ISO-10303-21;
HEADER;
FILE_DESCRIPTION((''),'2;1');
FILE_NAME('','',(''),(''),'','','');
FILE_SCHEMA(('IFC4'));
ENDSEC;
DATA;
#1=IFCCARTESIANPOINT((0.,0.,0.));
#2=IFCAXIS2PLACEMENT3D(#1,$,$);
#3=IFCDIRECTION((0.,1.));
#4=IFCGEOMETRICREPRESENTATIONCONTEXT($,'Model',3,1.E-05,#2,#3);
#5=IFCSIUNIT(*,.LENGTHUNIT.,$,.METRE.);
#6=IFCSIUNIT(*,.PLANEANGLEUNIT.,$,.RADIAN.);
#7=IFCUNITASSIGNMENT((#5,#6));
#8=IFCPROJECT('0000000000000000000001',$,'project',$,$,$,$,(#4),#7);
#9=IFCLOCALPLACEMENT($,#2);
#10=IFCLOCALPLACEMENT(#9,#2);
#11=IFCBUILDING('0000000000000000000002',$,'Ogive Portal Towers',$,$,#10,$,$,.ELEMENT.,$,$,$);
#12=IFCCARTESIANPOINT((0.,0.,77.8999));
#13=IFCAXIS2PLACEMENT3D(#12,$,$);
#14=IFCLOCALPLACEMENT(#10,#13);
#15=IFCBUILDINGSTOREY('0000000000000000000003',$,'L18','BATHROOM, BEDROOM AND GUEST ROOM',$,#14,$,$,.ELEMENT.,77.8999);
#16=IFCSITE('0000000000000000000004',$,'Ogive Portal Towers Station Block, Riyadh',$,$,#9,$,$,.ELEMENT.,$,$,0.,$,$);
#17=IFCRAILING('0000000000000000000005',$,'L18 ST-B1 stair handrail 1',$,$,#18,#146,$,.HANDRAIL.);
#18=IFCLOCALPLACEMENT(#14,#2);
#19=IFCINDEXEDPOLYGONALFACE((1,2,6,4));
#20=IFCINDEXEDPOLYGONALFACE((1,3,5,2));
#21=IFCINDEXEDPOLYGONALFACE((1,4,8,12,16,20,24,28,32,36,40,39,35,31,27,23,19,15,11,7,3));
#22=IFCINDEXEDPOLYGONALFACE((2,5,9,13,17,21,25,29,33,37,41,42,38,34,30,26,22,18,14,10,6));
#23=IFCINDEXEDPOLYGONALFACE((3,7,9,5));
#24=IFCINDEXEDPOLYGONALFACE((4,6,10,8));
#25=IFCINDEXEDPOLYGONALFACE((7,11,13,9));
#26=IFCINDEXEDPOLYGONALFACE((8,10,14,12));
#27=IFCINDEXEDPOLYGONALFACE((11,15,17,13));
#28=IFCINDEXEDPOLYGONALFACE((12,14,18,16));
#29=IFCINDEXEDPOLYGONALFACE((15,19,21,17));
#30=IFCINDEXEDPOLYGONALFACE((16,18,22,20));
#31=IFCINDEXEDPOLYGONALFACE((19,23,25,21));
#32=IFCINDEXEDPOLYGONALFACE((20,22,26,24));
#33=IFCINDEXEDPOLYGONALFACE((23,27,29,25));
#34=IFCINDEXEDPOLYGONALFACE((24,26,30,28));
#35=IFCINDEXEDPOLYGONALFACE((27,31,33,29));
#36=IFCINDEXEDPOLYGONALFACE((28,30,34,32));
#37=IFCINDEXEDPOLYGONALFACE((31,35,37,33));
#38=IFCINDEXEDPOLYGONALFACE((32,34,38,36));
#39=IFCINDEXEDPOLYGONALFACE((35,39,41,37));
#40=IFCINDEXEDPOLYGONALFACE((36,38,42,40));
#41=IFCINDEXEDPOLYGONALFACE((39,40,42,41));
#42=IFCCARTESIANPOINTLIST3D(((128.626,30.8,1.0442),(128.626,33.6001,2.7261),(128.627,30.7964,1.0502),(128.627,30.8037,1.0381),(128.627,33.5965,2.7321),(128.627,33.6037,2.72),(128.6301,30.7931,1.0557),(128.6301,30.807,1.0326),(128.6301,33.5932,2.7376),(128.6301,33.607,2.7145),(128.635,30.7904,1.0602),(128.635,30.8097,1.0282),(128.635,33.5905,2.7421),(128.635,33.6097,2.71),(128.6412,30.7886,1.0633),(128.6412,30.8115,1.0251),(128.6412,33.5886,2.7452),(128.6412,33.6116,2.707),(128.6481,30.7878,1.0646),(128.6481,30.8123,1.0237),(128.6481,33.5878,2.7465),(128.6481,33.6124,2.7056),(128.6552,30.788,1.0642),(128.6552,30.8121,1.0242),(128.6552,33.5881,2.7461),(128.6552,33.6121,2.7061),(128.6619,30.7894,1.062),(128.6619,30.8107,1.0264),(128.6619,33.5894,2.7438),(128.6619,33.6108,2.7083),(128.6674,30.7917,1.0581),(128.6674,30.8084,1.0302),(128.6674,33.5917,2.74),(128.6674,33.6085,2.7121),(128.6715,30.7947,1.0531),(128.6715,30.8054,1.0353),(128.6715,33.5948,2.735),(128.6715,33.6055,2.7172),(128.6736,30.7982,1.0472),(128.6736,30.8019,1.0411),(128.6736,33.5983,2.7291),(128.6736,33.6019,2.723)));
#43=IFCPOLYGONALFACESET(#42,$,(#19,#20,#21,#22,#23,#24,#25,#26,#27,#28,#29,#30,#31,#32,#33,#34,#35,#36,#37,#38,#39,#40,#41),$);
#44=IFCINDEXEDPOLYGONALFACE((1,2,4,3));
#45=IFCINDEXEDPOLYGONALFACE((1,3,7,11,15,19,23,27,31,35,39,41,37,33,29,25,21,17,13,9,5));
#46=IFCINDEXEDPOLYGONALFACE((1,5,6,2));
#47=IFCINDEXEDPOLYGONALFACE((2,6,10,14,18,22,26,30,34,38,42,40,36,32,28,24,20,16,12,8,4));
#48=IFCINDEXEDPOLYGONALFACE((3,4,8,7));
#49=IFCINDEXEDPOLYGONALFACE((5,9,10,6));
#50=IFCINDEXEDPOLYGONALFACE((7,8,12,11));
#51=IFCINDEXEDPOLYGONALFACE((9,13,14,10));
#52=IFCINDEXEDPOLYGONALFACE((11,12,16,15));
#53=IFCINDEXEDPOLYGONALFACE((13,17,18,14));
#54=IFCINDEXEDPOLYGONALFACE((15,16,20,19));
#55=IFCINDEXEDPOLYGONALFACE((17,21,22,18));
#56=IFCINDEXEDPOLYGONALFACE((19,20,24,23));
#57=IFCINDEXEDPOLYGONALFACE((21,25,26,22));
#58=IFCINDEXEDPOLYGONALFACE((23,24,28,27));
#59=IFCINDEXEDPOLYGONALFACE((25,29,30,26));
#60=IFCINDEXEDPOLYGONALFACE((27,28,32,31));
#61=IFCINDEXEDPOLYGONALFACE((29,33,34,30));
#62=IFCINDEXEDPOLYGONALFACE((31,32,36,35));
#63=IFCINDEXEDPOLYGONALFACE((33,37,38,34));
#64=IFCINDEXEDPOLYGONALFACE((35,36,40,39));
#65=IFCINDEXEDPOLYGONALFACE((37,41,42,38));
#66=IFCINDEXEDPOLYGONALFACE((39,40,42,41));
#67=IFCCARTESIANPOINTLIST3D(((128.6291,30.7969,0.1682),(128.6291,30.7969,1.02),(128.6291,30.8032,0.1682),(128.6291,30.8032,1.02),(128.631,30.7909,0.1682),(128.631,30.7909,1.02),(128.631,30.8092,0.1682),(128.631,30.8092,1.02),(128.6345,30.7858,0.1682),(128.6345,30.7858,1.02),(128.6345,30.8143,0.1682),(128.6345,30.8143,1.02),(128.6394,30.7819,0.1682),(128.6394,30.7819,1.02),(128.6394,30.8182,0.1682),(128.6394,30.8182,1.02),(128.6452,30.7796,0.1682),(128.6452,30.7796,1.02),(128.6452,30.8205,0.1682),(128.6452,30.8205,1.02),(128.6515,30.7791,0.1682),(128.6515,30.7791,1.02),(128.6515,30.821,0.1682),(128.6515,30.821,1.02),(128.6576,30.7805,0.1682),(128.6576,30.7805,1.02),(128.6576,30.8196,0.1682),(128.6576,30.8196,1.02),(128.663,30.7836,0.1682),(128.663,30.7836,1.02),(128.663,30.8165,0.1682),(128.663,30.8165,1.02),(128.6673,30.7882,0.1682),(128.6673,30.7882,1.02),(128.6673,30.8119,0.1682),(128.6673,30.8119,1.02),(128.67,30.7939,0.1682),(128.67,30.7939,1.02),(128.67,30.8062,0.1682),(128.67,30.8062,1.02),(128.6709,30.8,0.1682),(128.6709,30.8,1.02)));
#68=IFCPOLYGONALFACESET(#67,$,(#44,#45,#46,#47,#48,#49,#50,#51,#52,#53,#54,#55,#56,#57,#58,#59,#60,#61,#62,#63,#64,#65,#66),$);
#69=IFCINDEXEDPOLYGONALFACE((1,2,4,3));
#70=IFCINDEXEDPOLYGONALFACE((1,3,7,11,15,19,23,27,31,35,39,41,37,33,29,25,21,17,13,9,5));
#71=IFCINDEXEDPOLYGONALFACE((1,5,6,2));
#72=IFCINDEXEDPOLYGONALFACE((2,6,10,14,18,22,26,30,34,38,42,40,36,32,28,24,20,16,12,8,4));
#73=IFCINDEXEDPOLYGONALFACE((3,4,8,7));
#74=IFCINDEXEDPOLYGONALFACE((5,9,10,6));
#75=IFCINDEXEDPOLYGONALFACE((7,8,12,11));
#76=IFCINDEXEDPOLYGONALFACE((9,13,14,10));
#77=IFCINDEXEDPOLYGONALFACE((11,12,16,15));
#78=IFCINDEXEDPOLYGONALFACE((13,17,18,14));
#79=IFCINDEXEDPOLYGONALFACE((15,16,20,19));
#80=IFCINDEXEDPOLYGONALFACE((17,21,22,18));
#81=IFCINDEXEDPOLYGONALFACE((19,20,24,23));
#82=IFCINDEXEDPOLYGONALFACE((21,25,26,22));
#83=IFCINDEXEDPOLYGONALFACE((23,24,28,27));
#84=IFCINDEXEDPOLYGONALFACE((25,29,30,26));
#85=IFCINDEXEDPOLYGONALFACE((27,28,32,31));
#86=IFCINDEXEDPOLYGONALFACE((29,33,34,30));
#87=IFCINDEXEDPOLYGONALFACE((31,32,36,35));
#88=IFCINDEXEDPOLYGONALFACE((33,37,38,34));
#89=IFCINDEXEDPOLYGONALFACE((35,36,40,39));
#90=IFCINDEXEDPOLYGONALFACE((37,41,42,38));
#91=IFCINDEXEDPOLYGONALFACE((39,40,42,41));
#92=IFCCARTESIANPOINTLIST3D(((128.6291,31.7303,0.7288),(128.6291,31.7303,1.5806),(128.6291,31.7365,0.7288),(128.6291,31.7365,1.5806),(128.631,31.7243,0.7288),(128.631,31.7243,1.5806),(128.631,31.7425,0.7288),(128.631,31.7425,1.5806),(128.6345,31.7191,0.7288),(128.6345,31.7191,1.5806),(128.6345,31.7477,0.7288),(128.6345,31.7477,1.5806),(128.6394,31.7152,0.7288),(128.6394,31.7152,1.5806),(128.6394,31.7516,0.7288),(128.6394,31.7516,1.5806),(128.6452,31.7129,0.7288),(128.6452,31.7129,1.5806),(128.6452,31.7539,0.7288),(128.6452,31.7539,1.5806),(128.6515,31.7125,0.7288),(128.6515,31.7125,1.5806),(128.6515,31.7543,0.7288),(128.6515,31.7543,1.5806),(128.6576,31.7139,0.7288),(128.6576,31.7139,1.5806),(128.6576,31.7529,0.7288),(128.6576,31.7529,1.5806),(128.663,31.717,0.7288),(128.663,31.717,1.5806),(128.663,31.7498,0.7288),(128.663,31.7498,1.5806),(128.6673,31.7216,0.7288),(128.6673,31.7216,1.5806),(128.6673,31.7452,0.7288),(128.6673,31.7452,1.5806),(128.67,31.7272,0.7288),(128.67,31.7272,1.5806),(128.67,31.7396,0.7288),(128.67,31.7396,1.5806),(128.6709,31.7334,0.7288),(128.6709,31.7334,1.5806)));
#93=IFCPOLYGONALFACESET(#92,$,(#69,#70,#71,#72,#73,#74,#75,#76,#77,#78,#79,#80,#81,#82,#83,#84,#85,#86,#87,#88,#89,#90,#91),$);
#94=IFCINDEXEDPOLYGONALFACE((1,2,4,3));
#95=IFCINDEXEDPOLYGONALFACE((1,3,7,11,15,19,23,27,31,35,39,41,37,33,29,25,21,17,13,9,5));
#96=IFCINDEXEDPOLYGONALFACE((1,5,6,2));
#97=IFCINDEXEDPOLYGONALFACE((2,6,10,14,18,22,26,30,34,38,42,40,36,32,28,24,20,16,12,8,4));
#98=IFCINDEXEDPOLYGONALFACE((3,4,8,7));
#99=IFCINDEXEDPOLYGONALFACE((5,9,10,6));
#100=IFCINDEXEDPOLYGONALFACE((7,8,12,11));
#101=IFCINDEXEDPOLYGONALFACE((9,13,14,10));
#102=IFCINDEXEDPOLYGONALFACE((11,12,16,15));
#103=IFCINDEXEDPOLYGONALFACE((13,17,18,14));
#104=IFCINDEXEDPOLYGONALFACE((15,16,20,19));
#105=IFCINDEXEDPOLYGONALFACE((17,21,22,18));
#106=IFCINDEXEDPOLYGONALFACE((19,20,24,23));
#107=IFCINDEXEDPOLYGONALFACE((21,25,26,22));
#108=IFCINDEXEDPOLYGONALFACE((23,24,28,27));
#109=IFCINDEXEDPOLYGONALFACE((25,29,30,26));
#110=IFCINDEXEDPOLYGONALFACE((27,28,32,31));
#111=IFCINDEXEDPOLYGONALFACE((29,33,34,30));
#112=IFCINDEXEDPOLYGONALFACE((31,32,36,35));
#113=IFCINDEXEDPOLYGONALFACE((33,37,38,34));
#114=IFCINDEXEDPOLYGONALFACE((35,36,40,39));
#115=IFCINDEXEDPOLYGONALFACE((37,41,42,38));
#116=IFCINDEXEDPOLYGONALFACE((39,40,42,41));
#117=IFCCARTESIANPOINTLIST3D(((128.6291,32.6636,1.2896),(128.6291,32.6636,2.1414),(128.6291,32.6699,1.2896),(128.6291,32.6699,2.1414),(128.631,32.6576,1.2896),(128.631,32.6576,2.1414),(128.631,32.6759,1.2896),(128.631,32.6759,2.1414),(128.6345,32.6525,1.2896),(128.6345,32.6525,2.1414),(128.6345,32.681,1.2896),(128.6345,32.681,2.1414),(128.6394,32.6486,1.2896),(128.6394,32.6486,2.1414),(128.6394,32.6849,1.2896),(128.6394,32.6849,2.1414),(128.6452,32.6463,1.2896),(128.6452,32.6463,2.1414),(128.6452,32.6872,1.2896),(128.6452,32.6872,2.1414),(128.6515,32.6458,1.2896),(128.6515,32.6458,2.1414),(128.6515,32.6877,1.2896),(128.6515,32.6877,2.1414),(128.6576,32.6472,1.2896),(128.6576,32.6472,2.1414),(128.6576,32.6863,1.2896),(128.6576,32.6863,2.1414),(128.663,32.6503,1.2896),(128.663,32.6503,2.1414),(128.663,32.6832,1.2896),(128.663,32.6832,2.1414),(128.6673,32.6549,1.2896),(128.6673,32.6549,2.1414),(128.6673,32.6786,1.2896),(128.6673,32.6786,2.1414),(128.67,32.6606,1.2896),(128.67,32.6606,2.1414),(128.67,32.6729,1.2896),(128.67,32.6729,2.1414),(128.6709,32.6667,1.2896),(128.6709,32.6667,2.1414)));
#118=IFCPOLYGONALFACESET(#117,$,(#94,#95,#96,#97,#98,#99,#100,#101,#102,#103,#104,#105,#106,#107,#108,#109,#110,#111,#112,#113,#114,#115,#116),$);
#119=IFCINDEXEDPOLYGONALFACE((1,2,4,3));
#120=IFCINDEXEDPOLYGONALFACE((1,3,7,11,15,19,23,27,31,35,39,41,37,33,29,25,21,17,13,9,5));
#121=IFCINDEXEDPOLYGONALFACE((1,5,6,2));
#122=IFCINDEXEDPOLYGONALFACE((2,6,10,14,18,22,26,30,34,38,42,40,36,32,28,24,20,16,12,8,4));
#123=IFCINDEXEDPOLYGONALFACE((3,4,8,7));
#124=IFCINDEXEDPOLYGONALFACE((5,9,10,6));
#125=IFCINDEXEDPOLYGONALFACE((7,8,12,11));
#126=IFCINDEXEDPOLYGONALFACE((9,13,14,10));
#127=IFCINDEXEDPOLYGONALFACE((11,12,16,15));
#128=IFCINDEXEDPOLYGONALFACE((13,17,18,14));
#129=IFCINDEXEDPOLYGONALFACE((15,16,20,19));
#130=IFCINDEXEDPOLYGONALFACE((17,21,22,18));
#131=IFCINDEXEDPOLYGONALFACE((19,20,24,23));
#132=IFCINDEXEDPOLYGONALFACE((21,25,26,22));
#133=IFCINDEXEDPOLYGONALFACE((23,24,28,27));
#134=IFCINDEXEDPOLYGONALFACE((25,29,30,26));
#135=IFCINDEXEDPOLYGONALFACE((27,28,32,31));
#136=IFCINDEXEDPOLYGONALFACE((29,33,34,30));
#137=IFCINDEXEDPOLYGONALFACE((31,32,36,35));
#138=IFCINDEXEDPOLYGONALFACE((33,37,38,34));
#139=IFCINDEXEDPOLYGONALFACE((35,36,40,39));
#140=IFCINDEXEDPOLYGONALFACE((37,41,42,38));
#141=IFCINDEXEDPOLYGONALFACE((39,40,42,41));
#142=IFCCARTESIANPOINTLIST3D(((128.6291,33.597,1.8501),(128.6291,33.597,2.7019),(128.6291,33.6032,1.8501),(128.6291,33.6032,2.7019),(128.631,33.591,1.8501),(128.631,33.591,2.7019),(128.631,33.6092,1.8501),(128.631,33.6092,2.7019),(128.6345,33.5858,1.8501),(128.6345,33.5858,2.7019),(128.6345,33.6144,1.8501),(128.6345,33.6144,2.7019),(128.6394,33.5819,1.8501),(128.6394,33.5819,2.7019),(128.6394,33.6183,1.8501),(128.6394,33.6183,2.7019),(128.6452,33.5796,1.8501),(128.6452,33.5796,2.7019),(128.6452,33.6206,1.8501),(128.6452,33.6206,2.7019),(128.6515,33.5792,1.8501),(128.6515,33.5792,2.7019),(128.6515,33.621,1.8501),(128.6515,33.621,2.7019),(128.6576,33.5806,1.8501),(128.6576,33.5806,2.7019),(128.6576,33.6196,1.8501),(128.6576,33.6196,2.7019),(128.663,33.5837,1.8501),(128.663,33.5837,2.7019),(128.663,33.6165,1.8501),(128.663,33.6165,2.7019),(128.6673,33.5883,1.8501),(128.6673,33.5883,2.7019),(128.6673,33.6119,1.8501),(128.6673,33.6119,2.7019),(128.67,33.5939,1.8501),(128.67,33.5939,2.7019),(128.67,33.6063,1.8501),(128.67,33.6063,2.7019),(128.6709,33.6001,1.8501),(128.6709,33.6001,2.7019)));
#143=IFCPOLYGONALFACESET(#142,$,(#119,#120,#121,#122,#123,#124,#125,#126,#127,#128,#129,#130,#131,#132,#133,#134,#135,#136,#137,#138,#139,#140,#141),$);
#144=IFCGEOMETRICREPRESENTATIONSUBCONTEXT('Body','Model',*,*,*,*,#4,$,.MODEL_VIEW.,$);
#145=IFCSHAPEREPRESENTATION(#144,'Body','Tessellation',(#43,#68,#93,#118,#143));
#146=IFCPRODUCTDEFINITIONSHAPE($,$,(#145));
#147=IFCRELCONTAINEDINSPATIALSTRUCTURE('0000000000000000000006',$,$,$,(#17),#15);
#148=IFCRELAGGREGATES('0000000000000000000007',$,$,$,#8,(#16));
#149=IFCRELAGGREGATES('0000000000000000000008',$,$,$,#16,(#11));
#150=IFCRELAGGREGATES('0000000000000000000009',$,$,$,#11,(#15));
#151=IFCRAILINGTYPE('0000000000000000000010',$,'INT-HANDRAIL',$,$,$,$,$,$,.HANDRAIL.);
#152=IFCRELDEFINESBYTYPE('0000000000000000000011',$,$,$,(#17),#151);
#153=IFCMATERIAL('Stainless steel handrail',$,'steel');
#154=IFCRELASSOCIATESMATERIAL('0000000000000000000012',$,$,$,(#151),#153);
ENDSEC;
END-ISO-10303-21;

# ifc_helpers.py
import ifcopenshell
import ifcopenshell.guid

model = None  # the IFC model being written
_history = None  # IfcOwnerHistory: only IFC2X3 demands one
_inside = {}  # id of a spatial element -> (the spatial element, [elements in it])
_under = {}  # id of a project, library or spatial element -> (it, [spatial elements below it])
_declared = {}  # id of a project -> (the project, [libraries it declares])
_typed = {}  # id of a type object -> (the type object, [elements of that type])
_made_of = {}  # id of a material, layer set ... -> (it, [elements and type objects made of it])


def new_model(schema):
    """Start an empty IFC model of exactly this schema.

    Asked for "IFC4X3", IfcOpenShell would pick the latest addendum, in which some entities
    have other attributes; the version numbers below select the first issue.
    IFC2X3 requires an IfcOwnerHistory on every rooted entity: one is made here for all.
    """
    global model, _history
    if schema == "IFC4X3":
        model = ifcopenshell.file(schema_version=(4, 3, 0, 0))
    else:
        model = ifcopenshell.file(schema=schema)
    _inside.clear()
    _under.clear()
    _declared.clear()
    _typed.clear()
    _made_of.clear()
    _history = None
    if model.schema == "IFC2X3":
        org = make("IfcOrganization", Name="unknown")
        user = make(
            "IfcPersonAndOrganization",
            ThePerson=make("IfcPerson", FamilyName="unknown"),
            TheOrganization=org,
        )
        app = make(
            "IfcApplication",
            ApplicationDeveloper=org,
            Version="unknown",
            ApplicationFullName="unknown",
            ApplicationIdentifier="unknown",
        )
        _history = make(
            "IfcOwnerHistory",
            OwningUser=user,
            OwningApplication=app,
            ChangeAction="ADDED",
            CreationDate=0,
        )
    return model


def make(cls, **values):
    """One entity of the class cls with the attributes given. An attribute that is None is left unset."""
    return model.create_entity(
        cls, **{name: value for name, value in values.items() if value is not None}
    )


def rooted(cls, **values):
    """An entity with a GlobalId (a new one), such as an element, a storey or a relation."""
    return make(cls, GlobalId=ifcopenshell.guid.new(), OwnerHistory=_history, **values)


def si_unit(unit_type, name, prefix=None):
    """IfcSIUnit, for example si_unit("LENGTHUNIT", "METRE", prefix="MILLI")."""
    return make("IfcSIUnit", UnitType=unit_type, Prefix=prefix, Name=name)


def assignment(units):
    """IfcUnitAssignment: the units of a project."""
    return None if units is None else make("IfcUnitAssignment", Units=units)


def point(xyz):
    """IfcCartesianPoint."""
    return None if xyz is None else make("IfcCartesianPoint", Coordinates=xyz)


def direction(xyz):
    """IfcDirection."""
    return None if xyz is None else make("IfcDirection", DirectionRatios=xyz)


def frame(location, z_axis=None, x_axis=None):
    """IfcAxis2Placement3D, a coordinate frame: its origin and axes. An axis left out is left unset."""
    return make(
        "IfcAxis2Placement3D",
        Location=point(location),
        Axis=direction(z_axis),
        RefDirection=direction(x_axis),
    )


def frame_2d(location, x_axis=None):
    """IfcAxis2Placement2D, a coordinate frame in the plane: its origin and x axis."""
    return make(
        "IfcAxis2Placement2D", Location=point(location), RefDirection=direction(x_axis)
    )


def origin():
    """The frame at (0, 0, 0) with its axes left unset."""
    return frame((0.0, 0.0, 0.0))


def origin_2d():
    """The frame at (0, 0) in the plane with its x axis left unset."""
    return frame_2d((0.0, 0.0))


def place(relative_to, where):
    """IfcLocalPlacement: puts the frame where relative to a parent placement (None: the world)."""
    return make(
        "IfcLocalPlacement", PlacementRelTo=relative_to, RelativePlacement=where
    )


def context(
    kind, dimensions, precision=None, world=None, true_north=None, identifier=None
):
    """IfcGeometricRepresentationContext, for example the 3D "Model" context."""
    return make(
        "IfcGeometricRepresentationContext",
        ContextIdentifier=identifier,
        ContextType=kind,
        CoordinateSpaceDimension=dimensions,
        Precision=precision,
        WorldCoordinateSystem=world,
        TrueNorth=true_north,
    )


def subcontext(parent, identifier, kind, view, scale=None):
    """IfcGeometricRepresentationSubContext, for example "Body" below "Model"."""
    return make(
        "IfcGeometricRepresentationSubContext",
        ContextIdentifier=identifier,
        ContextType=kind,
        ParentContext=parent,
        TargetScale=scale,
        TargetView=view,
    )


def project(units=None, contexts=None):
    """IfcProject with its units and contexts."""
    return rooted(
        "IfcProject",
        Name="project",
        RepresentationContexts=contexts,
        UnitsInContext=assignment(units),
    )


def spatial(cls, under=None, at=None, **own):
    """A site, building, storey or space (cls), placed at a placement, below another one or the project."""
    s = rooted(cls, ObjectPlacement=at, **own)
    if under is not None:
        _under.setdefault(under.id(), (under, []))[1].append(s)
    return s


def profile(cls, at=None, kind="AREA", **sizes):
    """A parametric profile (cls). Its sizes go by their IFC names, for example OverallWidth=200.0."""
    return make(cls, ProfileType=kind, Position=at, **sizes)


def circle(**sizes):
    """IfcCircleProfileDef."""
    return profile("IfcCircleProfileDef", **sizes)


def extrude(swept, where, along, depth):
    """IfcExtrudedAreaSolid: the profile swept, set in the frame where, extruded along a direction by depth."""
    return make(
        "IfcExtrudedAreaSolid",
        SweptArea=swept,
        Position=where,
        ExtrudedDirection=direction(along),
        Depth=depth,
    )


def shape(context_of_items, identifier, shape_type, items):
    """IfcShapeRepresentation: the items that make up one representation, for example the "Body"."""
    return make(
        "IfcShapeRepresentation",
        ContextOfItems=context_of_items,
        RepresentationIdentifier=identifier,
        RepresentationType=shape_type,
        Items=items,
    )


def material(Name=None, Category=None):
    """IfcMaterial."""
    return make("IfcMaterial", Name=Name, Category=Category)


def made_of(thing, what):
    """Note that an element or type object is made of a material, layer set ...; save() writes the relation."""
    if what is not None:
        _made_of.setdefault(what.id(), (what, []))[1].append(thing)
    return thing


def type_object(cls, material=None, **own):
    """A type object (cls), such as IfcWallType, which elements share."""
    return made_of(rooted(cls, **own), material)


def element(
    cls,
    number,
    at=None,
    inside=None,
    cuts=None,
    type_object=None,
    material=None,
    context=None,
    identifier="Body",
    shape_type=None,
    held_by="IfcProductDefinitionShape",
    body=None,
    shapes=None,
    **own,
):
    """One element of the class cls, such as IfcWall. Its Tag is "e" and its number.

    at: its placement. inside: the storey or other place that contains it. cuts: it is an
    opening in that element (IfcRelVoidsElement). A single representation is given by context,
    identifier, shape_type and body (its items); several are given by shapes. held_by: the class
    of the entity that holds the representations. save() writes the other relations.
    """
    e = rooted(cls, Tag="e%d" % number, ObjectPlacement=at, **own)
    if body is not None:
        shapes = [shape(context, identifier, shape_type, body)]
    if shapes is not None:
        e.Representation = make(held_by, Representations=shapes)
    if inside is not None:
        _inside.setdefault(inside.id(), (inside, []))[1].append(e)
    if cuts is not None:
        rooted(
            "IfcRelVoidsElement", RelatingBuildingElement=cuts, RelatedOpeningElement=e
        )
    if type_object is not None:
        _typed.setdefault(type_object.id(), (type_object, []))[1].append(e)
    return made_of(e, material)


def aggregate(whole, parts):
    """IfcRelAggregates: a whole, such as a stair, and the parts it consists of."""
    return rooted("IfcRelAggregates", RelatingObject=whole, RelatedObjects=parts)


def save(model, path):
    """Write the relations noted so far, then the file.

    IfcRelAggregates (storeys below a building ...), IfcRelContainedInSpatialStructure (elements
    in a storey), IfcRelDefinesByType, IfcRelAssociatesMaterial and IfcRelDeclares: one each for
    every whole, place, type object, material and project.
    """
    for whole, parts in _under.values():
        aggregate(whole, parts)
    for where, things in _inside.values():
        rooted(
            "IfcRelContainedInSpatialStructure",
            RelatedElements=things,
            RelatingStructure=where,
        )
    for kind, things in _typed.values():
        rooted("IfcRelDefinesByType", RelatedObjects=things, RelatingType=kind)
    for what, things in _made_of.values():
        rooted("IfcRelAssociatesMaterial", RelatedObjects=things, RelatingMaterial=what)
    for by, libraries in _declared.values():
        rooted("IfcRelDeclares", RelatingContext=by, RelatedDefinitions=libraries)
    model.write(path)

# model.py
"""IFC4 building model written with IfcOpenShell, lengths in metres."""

from ifc_helpers import new_model, si_unit, direction, frame, origin, origin_2d, place, context, subcontext, project, spatial, circle, extrude, material, type_object, element, save


model = new_model("IFC4")

# Units and contexts
model_context = context("Model", 3, precision=1e-05, world=origin(), true_north=direction((0.0, 1.0)))
body_context = subcontext(model_context, "Body", "Model", "MODEL_VIEW")
ifc_project = project(units=[si_unit("LENGTHUNIT", "METRE"), si_unit("PLANEANGLEUNIT", "RADIAN")], contexts=[model_context])

# Site, building, storey
site_placement = place(None, origin())
site = spatial("IfcSite", under=ifc_project, at=site_placement, Name="Ogive Portal Towers Station Block, Riyadh", CompositionType="ELEMENT", RefElevation=0.0)
building_placement = place(site_placement, origin())
building = spatial("IfcBuilding", under=site, at=building_placement, Name="Ogive Portal Towers", CompositionType="ELEMENT")
storey_placement = place(building_placement, frame((0.0, 0.0, 77.8999)))
storey = spatial("IfcBuildingStorey", under=building, at=storey_placement, Name="L18", Description="BATHROOM, BEDROOM AND GUEST ROOM", CompositionType="ELEMENT", Elevation=77.8999)

# Railing
ifc_material_1 = material(Name="Stainless steel handrail", Category="steel")
railing_type_1 = type_object("IfcRailingType", Name="INT-HANDRAIL", PredefinedType="HANDRAIL", material=ifc_material_1)
railing_1_placement = place(storey_placement, frame((128.6499, 30.8, 0.1682)))
element("IfcRailing", 1, at=railing_1_placement, inside=storey, type_object=railing_type_1, Name="L18 ST-B1 stair handrail 1", PredefinedType="HANDRAIL", context=body_context, shape_type="SweptSolid", body=[
    extrude(circle(Radius=0.0239, at=origin_2d()), frame((0.0, 0.0, 0.876), z_axis=(0.0, 0.857242, 0.514913), x_axis=(-1.0, 0.0, 0.0)), (0.0, 0.0, 1.0), 3.2664),
    extrude(circle(Radius=0.021, at=origin_2d()), origin(), (0.0, 0.0, 1.0), 0.8518),
    extrude(circle(Radius=0.021, at=origin_2d()), frame((0.0, 0.9333, 0.5605)), (0.0, 0.0, 1.0), 0.8518),
    extrude(circle(Radius=0.021, at=origin_2d()), frame((0.0, 1.8667, 1.1213)), (0.0, 0.0, 1.0), 0.8518),
    extrude(circle(Radius=0.021, at=origin_2d()), frame((0.0, 2.8, 1.6819)), (0.0, 0.0, 1.0), 0.8518),
])

save(model, "model.ifc")
